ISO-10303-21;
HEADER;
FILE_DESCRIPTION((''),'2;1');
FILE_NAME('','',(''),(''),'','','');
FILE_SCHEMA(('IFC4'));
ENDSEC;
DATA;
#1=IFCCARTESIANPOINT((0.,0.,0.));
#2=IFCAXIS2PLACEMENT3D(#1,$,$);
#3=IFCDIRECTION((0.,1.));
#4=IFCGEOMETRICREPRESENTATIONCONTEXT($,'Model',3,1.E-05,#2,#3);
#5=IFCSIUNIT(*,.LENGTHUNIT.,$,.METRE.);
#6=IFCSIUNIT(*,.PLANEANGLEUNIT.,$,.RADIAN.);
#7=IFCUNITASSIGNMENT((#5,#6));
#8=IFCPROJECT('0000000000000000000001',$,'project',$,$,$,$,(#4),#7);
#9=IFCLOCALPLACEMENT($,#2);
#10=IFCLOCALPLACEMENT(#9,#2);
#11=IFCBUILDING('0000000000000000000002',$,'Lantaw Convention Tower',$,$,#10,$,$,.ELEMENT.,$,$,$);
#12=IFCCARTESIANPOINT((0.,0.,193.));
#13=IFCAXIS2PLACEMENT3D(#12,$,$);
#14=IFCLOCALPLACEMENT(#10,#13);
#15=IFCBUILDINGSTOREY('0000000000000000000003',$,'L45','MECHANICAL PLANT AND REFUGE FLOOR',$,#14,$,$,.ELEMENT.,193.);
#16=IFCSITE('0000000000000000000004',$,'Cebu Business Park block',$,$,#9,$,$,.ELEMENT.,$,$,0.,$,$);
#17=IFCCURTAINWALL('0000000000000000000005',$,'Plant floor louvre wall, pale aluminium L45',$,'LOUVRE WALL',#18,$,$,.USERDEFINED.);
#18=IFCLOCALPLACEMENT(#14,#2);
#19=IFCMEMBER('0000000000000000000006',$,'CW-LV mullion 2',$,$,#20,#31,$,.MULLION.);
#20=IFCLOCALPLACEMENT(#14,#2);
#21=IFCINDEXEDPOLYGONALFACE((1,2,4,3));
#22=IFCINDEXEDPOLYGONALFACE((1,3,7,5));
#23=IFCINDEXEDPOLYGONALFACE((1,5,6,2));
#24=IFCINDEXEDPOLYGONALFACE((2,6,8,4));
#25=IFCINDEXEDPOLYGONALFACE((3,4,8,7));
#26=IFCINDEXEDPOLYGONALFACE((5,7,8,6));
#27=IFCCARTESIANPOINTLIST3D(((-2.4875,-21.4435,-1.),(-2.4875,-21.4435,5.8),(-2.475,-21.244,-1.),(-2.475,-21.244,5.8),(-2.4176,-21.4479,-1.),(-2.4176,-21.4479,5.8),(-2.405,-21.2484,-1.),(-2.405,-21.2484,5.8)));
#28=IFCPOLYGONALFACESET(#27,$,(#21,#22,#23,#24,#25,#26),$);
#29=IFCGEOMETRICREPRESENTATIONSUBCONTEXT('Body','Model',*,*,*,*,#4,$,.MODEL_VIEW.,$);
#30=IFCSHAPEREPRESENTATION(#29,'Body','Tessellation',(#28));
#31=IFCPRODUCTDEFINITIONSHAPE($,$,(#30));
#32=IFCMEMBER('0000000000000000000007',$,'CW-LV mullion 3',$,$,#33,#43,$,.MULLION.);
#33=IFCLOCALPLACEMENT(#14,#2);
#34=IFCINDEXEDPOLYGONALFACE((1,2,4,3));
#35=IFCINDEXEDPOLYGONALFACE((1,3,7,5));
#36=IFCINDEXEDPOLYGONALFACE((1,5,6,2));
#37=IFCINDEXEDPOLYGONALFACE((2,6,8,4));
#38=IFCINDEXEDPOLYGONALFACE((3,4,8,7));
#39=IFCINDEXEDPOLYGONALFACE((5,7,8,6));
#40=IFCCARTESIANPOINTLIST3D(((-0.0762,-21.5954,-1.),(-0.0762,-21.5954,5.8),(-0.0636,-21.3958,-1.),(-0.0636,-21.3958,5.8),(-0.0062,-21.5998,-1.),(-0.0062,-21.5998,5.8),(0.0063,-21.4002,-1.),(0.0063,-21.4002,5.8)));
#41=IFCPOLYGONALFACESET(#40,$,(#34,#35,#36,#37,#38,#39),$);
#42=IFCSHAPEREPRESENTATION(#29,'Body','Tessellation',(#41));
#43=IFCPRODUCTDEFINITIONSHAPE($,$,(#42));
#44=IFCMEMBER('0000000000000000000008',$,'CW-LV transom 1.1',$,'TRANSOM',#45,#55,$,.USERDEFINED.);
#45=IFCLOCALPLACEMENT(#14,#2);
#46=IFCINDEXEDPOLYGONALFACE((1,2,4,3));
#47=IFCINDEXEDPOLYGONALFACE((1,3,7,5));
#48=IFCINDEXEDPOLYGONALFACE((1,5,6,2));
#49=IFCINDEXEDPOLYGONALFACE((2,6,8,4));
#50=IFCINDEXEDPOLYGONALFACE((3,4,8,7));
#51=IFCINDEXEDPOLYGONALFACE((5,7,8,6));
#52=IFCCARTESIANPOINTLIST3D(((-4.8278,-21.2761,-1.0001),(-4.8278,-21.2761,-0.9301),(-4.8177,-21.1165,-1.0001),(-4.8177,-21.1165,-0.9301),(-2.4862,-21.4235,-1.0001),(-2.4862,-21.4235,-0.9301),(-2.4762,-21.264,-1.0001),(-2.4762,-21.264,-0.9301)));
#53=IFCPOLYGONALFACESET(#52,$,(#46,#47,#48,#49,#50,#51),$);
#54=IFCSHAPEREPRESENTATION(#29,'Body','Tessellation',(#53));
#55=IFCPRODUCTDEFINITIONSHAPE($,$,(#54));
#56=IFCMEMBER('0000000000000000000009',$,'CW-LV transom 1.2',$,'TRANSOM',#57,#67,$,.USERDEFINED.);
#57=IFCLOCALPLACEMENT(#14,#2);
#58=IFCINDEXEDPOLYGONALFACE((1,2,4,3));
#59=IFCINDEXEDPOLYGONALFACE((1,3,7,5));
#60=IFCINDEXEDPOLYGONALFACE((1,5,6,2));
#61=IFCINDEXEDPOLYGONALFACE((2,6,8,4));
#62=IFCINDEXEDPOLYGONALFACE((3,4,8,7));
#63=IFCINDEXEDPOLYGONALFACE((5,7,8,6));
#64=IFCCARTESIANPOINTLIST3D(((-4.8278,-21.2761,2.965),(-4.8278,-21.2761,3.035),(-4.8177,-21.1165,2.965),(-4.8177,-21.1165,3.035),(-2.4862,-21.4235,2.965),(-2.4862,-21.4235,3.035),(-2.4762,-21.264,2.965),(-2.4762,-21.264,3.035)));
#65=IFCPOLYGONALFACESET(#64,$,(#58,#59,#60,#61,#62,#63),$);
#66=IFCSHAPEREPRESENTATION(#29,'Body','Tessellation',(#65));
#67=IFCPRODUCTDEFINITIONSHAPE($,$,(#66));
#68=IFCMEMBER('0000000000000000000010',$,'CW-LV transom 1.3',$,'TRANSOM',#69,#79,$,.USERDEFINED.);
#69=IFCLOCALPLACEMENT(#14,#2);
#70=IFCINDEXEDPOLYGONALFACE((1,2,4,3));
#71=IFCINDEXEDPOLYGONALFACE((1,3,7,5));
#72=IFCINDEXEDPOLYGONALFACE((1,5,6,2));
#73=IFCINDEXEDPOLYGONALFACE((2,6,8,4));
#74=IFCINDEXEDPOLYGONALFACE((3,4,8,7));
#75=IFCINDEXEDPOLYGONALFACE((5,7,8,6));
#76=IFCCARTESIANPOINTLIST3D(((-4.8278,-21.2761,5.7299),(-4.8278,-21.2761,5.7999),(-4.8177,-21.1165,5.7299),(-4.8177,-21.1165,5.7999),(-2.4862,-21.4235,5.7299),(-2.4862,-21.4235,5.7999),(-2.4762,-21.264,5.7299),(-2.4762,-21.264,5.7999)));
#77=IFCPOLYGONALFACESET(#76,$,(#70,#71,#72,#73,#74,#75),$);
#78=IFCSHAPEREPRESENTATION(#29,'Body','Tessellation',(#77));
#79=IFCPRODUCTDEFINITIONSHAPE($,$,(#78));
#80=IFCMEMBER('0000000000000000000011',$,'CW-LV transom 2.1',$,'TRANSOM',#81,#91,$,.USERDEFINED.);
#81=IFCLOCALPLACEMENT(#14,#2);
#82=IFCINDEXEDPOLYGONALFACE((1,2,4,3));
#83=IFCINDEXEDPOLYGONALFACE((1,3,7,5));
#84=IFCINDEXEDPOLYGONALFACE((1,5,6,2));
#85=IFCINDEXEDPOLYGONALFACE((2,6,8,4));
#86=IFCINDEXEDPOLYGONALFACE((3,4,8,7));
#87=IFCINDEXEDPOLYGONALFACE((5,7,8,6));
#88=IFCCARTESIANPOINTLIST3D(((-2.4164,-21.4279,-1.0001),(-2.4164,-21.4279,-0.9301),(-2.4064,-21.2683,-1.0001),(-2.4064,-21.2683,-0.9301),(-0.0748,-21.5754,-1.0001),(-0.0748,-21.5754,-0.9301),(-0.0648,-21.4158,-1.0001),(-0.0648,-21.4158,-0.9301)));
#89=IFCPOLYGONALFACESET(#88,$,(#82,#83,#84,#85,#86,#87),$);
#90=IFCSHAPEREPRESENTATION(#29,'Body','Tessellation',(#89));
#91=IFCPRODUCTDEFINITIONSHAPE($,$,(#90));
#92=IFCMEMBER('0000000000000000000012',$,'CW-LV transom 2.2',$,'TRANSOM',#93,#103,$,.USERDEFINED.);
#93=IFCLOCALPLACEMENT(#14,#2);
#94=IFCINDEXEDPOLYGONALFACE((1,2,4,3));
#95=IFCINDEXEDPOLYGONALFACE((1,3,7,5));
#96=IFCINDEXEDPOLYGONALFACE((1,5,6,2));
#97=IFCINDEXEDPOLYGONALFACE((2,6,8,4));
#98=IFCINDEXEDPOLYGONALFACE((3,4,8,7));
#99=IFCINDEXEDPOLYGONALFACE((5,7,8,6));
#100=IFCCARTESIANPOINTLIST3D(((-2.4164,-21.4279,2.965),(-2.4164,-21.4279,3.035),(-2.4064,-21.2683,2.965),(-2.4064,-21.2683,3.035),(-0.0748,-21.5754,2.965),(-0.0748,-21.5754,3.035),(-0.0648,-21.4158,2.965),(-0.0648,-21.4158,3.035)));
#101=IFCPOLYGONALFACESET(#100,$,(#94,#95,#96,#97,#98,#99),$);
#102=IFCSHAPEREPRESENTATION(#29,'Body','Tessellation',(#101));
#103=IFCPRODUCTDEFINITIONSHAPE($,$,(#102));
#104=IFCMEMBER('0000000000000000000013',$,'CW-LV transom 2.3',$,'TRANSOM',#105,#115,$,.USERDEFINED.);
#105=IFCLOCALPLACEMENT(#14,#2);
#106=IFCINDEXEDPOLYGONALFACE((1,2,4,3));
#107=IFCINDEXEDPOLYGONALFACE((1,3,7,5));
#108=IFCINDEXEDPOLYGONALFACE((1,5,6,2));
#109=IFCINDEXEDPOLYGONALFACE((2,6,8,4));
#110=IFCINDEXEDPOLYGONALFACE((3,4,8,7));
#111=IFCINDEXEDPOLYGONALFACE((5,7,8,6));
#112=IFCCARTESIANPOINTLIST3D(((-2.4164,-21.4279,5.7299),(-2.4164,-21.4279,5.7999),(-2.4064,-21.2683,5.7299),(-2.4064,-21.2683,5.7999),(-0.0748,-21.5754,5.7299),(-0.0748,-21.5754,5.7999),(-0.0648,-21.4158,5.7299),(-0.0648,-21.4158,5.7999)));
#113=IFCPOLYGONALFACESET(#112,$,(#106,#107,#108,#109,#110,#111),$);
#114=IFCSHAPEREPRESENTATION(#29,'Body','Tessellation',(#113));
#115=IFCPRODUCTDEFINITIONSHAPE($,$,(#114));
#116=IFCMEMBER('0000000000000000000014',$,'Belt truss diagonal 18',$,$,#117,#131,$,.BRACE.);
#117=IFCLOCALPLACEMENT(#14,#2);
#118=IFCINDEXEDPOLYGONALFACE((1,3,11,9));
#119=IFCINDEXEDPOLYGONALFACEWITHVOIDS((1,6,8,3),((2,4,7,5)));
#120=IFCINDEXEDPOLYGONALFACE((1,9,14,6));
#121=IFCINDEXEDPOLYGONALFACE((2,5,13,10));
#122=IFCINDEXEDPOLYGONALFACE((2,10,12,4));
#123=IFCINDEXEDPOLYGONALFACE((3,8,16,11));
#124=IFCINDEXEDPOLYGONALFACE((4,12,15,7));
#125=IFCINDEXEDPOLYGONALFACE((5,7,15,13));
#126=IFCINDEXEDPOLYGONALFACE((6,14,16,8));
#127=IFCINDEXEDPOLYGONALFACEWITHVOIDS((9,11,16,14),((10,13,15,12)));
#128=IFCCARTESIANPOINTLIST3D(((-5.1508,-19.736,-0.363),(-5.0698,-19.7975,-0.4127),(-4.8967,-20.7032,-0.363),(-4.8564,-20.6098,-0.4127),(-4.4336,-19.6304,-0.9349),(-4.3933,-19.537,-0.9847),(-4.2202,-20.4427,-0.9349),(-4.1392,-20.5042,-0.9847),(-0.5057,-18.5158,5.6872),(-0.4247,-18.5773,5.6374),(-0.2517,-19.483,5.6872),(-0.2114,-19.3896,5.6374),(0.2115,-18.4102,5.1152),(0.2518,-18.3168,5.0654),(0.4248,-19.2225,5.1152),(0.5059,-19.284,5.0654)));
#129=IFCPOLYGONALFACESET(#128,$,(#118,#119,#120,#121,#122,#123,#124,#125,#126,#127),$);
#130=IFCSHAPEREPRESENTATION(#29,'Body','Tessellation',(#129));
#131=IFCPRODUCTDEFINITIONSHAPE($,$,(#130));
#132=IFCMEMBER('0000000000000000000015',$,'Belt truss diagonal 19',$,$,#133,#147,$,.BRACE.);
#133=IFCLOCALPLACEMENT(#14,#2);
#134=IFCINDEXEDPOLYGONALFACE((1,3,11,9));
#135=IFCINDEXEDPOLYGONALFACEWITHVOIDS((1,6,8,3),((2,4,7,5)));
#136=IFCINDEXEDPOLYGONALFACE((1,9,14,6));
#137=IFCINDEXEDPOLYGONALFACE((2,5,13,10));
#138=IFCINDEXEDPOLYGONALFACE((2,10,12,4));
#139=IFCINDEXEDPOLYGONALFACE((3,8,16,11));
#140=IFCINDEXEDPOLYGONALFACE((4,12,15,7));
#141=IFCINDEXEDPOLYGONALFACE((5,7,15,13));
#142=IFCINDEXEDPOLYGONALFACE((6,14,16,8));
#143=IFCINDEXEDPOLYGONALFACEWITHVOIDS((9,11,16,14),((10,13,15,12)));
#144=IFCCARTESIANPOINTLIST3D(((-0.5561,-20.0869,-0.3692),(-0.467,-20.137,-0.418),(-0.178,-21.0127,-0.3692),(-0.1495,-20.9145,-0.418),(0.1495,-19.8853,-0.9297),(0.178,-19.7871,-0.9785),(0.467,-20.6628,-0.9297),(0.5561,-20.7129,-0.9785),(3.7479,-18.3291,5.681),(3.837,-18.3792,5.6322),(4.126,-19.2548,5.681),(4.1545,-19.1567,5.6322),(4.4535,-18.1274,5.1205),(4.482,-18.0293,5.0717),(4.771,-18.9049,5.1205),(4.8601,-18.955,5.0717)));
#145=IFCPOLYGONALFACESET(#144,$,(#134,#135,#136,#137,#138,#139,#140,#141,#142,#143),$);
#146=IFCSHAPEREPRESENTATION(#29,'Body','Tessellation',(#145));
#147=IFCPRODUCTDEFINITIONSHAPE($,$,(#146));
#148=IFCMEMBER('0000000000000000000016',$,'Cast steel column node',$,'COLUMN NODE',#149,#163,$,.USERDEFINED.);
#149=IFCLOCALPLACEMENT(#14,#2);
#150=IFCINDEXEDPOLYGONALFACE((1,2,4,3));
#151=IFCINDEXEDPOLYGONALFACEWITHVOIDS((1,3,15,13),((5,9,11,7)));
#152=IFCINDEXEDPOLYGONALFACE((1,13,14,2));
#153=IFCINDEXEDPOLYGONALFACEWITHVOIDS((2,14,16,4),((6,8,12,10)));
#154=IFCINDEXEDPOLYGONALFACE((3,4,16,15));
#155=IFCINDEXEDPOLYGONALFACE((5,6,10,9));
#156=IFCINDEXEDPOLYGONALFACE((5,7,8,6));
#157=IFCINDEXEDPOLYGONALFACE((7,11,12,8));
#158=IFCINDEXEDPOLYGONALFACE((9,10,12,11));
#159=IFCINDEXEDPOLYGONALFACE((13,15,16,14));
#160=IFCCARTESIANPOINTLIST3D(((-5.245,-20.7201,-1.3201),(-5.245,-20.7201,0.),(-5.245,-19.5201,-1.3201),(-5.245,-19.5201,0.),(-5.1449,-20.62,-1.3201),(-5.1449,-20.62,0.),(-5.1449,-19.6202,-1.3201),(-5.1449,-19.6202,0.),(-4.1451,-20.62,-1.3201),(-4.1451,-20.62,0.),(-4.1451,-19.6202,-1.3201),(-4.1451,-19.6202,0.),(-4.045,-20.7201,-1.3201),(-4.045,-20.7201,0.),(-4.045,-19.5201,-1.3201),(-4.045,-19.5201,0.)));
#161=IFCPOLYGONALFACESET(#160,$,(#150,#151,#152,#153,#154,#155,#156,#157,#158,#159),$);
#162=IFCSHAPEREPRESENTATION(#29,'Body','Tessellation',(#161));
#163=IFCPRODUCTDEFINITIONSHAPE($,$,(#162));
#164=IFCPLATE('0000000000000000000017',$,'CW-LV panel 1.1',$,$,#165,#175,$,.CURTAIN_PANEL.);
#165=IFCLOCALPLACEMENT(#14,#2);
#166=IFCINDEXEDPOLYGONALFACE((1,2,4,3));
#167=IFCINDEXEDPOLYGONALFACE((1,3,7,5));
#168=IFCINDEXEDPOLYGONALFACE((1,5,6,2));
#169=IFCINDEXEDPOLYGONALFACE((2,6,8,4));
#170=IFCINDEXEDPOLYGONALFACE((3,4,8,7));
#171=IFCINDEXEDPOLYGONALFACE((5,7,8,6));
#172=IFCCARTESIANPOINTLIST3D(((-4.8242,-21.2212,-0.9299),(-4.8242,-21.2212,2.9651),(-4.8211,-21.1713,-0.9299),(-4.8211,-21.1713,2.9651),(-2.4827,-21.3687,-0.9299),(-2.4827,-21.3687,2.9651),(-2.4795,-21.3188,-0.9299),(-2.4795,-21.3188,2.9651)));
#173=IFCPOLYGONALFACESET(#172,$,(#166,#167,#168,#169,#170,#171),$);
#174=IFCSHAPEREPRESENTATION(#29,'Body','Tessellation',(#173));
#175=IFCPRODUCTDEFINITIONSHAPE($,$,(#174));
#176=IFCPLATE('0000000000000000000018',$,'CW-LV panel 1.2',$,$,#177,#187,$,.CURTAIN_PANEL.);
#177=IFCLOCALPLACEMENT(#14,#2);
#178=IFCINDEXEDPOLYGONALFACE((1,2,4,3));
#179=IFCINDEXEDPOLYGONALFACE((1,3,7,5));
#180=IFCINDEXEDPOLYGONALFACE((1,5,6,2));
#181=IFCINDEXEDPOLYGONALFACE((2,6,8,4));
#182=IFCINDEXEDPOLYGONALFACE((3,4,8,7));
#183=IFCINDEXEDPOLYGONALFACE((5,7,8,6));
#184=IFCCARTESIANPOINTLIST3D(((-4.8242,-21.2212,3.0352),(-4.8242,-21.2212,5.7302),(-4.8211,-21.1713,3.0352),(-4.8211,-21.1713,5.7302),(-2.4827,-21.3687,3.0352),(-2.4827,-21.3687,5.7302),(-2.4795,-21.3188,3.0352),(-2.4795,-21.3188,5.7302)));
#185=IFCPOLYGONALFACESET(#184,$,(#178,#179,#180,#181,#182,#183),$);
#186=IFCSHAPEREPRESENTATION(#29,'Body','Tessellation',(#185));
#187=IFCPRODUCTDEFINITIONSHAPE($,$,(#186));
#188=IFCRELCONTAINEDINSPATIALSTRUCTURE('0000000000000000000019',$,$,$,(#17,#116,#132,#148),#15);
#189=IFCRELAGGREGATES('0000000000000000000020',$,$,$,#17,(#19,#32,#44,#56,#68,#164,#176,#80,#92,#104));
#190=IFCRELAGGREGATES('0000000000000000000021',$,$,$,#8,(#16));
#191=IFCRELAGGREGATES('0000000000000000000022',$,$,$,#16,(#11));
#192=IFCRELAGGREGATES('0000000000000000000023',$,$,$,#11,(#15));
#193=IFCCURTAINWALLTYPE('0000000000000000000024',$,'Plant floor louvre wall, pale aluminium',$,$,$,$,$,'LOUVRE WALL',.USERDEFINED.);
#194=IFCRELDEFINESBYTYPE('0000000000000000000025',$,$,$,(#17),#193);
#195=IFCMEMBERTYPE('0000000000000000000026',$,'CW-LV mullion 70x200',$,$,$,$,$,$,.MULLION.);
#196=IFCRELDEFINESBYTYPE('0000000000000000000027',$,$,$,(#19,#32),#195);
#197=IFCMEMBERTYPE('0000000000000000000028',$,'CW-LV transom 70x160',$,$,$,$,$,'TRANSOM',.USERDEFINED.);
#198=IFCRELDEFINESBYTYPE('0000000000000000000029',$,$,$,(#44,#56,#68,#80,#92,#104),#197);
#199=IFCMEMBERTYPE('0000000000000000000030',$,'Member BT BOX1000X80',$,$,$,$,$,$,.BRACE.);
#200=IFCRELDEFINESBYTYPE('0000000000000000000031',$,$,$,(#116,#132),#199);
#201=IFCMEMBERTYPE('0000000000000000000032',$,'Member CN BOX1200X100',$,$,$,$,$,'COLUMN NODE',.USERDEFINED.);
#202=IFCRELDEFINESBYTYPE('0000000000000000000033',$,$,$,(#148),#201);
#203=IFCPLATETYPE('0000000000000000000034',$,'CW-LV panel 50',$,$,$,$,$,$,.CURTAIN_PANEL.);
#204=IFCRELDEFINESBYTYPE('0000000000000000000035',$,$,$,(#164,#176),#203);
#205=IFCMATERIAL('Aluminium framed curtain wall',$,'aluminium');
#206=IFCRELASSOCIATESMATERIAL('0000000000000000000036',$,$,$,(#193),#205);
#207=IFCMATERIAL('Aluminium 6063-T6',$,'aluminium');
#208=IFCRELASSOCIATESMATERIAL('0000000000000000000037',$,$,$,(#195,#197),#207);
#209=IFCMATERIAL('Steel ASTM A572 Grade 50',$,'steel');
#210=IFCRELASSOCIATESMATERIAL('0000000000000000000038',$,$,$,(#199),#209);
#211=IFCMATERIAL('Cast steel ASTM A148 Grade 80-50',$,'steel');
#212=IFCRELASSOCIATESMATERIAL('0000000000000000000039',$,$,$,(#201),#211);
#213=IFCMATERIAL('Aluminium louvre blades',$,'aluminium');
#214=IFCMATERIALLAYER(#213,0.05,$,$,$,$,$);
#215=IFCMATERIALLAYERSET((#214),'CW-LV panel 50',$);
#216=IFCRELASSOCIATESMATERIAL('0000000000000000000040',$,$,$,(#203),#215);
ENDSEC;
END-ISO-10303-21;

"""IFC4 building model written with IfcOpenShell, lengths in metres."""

from ifc_helpers import new_model, si_unit, direction, frame, origin, origin_2d, place, context, subcontext, project, spatial, rectangle, hollow_rectangle, extrude, material, layer, layer_set, material_profile, profile_set, type_object, element, aggregate, save


model = new_model("IFC4")

# Units and contexts
model_context = context("Model", 3, precision=1e-05, world=origin(), true_north=direction((0.0, 1.0)))
body_context = subcontext(model_context, "Body", "Model", "MODEL_VIEW")
ifc_project = project(units=[si_unit("LENGTHUNIT", "METRE"), si_unit("PLANEANGLEUNIT", "RADIAN")], contexts=[model_context])

# Site, building, storey
site_placement = place(None, origin())
site = spatial("IfcSite", under=ifc_project, at=site_placement, Name="Cebu Business Park block", CompositionType="ELEMENT", RefElevation=0.0)
building_placement = place(site_placement, origin())
building = spatial("IfcBuilding", under=site, at=building_placement, Name="Lantaw Convention Tower", CompositionType="ELEMENT")
storey_placement = place(building_placement, frame((0.0, 0.0, 193.0)))
storey = spatial("IfcBuildingStorey", under=building, at=storey_placement, Name="L45", Description="MECHANICAL PLANT AND REFUGE FLOOR", CompositionType="ELEMENT", Elevation=193.0)

# Curtain wall, members
ifc_material_1 = material(Name="Aluminium framed curtain wall", Category="aluminium")
curtain_wall_type = type_object("IfcCurtainWallType", Name="Plant floor louvre wall, pale aluminium", ElementType="LOUVRE WALL", PredefinedType="USERDEFINED", material=ifc_material_1)
curtain_wall_placement = place(storey_placement, origin())
curtain_wall = element("IfcCurtainWall", 1, at=curtain_wall_placement, inside=storey, type_object=curtain_wall_type, Name="Plant floor louvre wall, pale aluminium L45", ObjectType="LOUVRE WALL", PredefinedType="USERDEFINED")
ifc_material_2 = material(Name="Aluminium 6063-T6", Category="aluminium")
ifc_material_profile_1 = material_profile(ifc_material_2, rectangle(XDim=0.2, YDim=0.0701, at=origin_2d()), Name="CW-LV mullion 70x200")
ifc_profile_set_1 = profile_set([ifc_material_profile_1], Name="Aluminium 6063-T6")
member_type_1 = type_object("IfcMemberType", Name="CW-LV mullion 70x200", PredefinedType="MULLION", material=ifc_profile_set_1)
member_1_placement = place(storey_placement, frame((-2.4463, -21.3459, -1.0), z_axis=(0.0, 0.0, 1.0), x_axis=(0.062865, 0.998022, 0.0)))
member_1 = element("IfcMember", 2, at=member_1_placement, type_object=member_type_1, Name="CW-LV mullion 2", PredefinedType="MULLION", context=body_context, shape_type="SweptSolid", body=[
    extrude(rectangle(XDim=0.2, YDim=0.0701, at=origin_2d()), origin(), (0.0, 0.0, 1.0), 6.8),
])
member_2_placement = place(storey_placement, frame((-0.0349, -21.4978, -1.0), z_axis=(0.0, 0.0, 1.0), x_axis=(0.062865, 0.998022, 0.0)))
member_2 = element("IfcMember", 3, at=member_2_placement, type_object=member_type_1, Name="CW-LV mullion 3", PredefinedType="MULLION", context=body_context, shape_type="SweptSolid", body=[
    extrude(rectangle(XDim=0.2, YDim=0.0701, at=origin_2d()), origin(), (0.0, 0.0, 1.0), 6.8),
])
ifc_material_profile_2 = material_profile(ifc_material_2, rectangle(XDim=0.1599, YDim=0.0701, at=origin_2d()), Name="CW-LV transom 70x160")
ifc_profile_set_2 = profile_set([ifc_material_profile_2], Name="Aluminium 6063-T6")
member_type_2 = type_object("IfcMemberType", Name="CW-LV transom 70x160", ElementType="TRANSOM", PredefinedType="USERDEFINED", material=ifc_profile_set_2)
member_3_placement = place(storey_placement, frame((-4.8228, -21.1963, -0.9651), z_axis=(0.998023, -0.062851, 0.0), x_axis=(0.062851, 0.998023, 0.0)))
member_3 = element("IfcMember", 4, at=member_3_placement, type_object=member_type_2, Name="CW-LV transom 1.1", ObjectType="TRANSOM", PredefinedType="USERDEFINED", context=body_context, shape_type="SweptSolid", body=[
    extrude(rectangle(XDim=0.1599, YDim=0.0701, at=origin_2d()), origin(), (0.0, 0.0, 1.0), 2.3462),
])
member_4_placement = place(storey_placement, frame((-4.8228, -21.1963, 3.0), z_axis=(0.998023, -0.062851, 0.0), x_axis=(0.062851, 0.998023, 0.0)))
member_4 = element("IfcMember", 5, at=member_4_placement, type_object=member_type_2, Name="CW-LV transom 1.2", ObjectType="TRANSOM", PredefinedType="USERDEFINED", context=body_context, shape_type="SweptSolid", body=[
    extrude(rectangle(XDim=0.1599, YDim=0.0701, at=origin_2d()), origin(), (0.0, 0.0, 1.0), 2.3462),
])
member_5_placement = place(storey_placement, frame((-4.8228, -21.1963, 5.7649), z_axis=(0.998023, -0.062851, 0.0), x_axis=(0.062851, 0.998023, 0.0)))
member_5 = element("IfcMember", 6, at=member_5_placement, type_object=member_type_2, Name="CW-LV transom 1.3", ObjectType="TRANSOM", PredefinedType="USERDEFINED", context=body_context, shape_type="SweptSolid", body=[
    extrude(rectangle(XDim=0.1599, YDim=0.0701, at=origin_2d()), origin(), (0.0, 0.0, 1.0), 2.3462),
])
member_6_placement = place(storey_placement, frame((-2.4114, -21.3481, -0.9651), z_axis=(0.998023, -0.062851, 0.0), x_axis=(0.062851, 0.998023, 0.0)))
member_6 = element("IfcMember", 7, at=member_6_placement, type_object=member_type_2, Name="CW-LV transom 2.1", ObjectType="TRANSOM", PredefinedType="USERDEFINED", context=body_context, shape_type="SweptSolid", body=[
    extrude(rectangle(XDim=0.1599, YDim=0.0701, at=origin_2d()), origin(), (0.0, 0.0, 1.0), 2.3462),
])
member_7_placement = place(storey_placement, frame((-2.4114, -21.3481, 3.0), z_axis=(0.998023, -0.062851, 0.0), x_axis=(0.062851, 0.998023, 0.0)))
member_7 = element("IfcMember", 8, at=member_7_placement, type_object=member_type_2, Name="CW-LV transom 2.2", ObjectType="TRANSOM", PredefinedType="USERDEFINED", context=body_context, shape_type="SweptSolid", body=[
    extrude(rectangle(XDim=0.1599, YDim=0.0701, at=origin_2d()), origin(), (0.0, 0.0, 1.0), 2.3462),
])
member_8_placement = place(storey_placement, frame((-2.4114, -21.3481, 5.7649), z_axis=(0.998023, -0.062851, 0.0), x_axis=(0.062851, 0.998023, 0.0)))
member_8 = element("IfcMember", 9, at=member_8_placement, type_object=member_type_2, Name="CW-LV transom 2.3", ObjectType="TRANSOM", PredefinedType="USERDEFINED", context=body_context, shape_type="SweptSolid", body=[
    extrude(rectangle(XDim=0.1599, YDim=0.0701, at=origin_2d()), origin(), (0.0, 0.0, 1.0), 2.3462),
])

# Members
ifc_material_3 = material(Name="Steel ASTM A572 Grade 50", Category="steel")
ifc_material_profile_3 = material_profile(ifc_material_3, hollow_rectangle(XDim=1.0, YDim=1.0, WallThickness=0.0801, at=origin_2d()), Name="BOX1000X80")
ifc_profile_set_3 = profile_set([ifc_material_profile_3], Name="Steel ASTM A572 Grade 50")
member_type_3 = type_object("IfcMemberType", Name="Member BT BOX1000X80", PredefinedType="BRACE", material=ifc_profile_set_3)
member_9_placement = place(storey_placement, frame((-4.645, -20.1201, -0.6738), z_axis=(0.601334, 0.157966, 0.783226), x_axis=(-0.254073, 0.967185, 0.0)))
element("IfcMember", 10, at=member_9_placement, inside=storey, type_object=member_type_3, Name="Belt truss diagonal 18", PredefinedType="BRACE", context=body_context, shape_type="SweptSolid", body=[
    extrude(hollow_rectangle(XDim=1.0, YDim=1.0, WallThickness=0.0801, at=origin_2d()), origin(), (0.0, 0.0, 1.0), 7.7246),
])
member_10_placement = place(storey_placement, frame((0.0, -20.3999, -0.6738), z_axis=(0.564083, 0.230381, 0.792928), x_axis=(-0.378099, 0.925765, 0.0)))
element("IfcMember", 11, at=member_10_placement, inside=storey, type_object=member_type_3, Name="Belt truss diagonal 19", PredefinedType="BRACE", context=body_context, shape_type="SweptSolid", body=[
    extrude(hollow_rectangle(XDim=1.0, YDim=1.0, WallThickness=0.0801, at=origin_2d()), origin(), (0.0, 0.0, 1.0), 7.6301),
])
ifc_material_4 = material(Name="Cast steel ASTM A148 Grade 80-50", Category="steel")
ifc_material_profile_4 = material_profile(ifc_material_4, hollow_rectangle(XDim=1.2, YDim=1.2, WallThickness=0.1001, at=origin_2d()), Name="BOX1200X100")
ifc_profile_set_4 = profile_set([ifc_material_profile_4], Name="Cast steel ASTM A148 Grade 80-50")
member_type_4 = type_object("IfcMemberType", Name="Member CN BOX1200X100", ElementType="COLUMN NODE", PredefinedType="USERDEFINED", material=ifc_profile_set_4)
member_11_placement = place(storey_placement, frame((-4.645, -20.1201, -1.3201), z_axis=(0.0, 0.0, 1.0), x_axis=(1.0, 0.0, 0.0)))
element("IfcMember", 12, at=member_11_placement, inside=storey, type_object=member_type_4, Name="Cast steel column node", ObjectType="COLUMN NODE", PredefinedType="USERDEFINED", context=body_context, shape_type="SweptSolid", body=[
    extrude(hollow_rectangle(XDim=1.2, YDim=1.2, WallThickness=0.1001, at=origin_2d()), origin(), (0.0, 0.0, 1.0), 1.3201),
])

# Plates
ifc_material_5 = material(Name="Aluminium louvre blades", Category="aluminium")
ifc_layer = layer(ifc_material_5, 0.05)
ifc_layer_set = layer_set([ifc_layer], Name="CW-LV panel 50")
plate_type = type_object("IfcPlateType", Name="CW-LV panel 50", PredefinedType="CURTAIN_PANEL", material=ifc_layer_set)
plate_1_placement = place(storey_placement, frame((-3.6519, -21.27, -0.9299), z_axis=(0.0, 0.0, 1.0), x_axis=(0.998022, -0.062865, 0.0)))
plate_1 = element("IfcPlate", 13, at=plate_1_placement, type_object=plate_type, Name="CW-LV panel 1.1", PredefinedType="CURTAIN_PANEL", context=body_context, shape_type="SweptSolid", body=[
    extrude(rectangle(XDim=2.3462, YDim=0.05, at=origin_2d()), origin(), (0.0, 0.0, 1.0), 3.895),
])
plate_2_placement = place(storey_placement, frame((-3.6519, -21.27, 3.0352), z_axis=(0.0, 0.0, 1.0), x_axis=(0.998022, -0.062865, 0.0)))
plate_2 = element("IfcPlate", 14, at=plate_2_placement, type_object=plate_type, Name="CW-LV panel 1.2", PredefinedType="CURTAIN_PANEL", context=body_context, shape_type="SweptSolid", body=[
    extrude(rectangle(XDim=2.3462, YDim=0.05, at=origin_2d()), origin(), (0.0, 0.0, 1.0), 2.6951),
])
aggregate(curtain_wall, [member_1, member_2, member_3, member_4, member_5, plate_1, plate_2, member_6, member_7, member_8])

save(model, "model.ifc")
